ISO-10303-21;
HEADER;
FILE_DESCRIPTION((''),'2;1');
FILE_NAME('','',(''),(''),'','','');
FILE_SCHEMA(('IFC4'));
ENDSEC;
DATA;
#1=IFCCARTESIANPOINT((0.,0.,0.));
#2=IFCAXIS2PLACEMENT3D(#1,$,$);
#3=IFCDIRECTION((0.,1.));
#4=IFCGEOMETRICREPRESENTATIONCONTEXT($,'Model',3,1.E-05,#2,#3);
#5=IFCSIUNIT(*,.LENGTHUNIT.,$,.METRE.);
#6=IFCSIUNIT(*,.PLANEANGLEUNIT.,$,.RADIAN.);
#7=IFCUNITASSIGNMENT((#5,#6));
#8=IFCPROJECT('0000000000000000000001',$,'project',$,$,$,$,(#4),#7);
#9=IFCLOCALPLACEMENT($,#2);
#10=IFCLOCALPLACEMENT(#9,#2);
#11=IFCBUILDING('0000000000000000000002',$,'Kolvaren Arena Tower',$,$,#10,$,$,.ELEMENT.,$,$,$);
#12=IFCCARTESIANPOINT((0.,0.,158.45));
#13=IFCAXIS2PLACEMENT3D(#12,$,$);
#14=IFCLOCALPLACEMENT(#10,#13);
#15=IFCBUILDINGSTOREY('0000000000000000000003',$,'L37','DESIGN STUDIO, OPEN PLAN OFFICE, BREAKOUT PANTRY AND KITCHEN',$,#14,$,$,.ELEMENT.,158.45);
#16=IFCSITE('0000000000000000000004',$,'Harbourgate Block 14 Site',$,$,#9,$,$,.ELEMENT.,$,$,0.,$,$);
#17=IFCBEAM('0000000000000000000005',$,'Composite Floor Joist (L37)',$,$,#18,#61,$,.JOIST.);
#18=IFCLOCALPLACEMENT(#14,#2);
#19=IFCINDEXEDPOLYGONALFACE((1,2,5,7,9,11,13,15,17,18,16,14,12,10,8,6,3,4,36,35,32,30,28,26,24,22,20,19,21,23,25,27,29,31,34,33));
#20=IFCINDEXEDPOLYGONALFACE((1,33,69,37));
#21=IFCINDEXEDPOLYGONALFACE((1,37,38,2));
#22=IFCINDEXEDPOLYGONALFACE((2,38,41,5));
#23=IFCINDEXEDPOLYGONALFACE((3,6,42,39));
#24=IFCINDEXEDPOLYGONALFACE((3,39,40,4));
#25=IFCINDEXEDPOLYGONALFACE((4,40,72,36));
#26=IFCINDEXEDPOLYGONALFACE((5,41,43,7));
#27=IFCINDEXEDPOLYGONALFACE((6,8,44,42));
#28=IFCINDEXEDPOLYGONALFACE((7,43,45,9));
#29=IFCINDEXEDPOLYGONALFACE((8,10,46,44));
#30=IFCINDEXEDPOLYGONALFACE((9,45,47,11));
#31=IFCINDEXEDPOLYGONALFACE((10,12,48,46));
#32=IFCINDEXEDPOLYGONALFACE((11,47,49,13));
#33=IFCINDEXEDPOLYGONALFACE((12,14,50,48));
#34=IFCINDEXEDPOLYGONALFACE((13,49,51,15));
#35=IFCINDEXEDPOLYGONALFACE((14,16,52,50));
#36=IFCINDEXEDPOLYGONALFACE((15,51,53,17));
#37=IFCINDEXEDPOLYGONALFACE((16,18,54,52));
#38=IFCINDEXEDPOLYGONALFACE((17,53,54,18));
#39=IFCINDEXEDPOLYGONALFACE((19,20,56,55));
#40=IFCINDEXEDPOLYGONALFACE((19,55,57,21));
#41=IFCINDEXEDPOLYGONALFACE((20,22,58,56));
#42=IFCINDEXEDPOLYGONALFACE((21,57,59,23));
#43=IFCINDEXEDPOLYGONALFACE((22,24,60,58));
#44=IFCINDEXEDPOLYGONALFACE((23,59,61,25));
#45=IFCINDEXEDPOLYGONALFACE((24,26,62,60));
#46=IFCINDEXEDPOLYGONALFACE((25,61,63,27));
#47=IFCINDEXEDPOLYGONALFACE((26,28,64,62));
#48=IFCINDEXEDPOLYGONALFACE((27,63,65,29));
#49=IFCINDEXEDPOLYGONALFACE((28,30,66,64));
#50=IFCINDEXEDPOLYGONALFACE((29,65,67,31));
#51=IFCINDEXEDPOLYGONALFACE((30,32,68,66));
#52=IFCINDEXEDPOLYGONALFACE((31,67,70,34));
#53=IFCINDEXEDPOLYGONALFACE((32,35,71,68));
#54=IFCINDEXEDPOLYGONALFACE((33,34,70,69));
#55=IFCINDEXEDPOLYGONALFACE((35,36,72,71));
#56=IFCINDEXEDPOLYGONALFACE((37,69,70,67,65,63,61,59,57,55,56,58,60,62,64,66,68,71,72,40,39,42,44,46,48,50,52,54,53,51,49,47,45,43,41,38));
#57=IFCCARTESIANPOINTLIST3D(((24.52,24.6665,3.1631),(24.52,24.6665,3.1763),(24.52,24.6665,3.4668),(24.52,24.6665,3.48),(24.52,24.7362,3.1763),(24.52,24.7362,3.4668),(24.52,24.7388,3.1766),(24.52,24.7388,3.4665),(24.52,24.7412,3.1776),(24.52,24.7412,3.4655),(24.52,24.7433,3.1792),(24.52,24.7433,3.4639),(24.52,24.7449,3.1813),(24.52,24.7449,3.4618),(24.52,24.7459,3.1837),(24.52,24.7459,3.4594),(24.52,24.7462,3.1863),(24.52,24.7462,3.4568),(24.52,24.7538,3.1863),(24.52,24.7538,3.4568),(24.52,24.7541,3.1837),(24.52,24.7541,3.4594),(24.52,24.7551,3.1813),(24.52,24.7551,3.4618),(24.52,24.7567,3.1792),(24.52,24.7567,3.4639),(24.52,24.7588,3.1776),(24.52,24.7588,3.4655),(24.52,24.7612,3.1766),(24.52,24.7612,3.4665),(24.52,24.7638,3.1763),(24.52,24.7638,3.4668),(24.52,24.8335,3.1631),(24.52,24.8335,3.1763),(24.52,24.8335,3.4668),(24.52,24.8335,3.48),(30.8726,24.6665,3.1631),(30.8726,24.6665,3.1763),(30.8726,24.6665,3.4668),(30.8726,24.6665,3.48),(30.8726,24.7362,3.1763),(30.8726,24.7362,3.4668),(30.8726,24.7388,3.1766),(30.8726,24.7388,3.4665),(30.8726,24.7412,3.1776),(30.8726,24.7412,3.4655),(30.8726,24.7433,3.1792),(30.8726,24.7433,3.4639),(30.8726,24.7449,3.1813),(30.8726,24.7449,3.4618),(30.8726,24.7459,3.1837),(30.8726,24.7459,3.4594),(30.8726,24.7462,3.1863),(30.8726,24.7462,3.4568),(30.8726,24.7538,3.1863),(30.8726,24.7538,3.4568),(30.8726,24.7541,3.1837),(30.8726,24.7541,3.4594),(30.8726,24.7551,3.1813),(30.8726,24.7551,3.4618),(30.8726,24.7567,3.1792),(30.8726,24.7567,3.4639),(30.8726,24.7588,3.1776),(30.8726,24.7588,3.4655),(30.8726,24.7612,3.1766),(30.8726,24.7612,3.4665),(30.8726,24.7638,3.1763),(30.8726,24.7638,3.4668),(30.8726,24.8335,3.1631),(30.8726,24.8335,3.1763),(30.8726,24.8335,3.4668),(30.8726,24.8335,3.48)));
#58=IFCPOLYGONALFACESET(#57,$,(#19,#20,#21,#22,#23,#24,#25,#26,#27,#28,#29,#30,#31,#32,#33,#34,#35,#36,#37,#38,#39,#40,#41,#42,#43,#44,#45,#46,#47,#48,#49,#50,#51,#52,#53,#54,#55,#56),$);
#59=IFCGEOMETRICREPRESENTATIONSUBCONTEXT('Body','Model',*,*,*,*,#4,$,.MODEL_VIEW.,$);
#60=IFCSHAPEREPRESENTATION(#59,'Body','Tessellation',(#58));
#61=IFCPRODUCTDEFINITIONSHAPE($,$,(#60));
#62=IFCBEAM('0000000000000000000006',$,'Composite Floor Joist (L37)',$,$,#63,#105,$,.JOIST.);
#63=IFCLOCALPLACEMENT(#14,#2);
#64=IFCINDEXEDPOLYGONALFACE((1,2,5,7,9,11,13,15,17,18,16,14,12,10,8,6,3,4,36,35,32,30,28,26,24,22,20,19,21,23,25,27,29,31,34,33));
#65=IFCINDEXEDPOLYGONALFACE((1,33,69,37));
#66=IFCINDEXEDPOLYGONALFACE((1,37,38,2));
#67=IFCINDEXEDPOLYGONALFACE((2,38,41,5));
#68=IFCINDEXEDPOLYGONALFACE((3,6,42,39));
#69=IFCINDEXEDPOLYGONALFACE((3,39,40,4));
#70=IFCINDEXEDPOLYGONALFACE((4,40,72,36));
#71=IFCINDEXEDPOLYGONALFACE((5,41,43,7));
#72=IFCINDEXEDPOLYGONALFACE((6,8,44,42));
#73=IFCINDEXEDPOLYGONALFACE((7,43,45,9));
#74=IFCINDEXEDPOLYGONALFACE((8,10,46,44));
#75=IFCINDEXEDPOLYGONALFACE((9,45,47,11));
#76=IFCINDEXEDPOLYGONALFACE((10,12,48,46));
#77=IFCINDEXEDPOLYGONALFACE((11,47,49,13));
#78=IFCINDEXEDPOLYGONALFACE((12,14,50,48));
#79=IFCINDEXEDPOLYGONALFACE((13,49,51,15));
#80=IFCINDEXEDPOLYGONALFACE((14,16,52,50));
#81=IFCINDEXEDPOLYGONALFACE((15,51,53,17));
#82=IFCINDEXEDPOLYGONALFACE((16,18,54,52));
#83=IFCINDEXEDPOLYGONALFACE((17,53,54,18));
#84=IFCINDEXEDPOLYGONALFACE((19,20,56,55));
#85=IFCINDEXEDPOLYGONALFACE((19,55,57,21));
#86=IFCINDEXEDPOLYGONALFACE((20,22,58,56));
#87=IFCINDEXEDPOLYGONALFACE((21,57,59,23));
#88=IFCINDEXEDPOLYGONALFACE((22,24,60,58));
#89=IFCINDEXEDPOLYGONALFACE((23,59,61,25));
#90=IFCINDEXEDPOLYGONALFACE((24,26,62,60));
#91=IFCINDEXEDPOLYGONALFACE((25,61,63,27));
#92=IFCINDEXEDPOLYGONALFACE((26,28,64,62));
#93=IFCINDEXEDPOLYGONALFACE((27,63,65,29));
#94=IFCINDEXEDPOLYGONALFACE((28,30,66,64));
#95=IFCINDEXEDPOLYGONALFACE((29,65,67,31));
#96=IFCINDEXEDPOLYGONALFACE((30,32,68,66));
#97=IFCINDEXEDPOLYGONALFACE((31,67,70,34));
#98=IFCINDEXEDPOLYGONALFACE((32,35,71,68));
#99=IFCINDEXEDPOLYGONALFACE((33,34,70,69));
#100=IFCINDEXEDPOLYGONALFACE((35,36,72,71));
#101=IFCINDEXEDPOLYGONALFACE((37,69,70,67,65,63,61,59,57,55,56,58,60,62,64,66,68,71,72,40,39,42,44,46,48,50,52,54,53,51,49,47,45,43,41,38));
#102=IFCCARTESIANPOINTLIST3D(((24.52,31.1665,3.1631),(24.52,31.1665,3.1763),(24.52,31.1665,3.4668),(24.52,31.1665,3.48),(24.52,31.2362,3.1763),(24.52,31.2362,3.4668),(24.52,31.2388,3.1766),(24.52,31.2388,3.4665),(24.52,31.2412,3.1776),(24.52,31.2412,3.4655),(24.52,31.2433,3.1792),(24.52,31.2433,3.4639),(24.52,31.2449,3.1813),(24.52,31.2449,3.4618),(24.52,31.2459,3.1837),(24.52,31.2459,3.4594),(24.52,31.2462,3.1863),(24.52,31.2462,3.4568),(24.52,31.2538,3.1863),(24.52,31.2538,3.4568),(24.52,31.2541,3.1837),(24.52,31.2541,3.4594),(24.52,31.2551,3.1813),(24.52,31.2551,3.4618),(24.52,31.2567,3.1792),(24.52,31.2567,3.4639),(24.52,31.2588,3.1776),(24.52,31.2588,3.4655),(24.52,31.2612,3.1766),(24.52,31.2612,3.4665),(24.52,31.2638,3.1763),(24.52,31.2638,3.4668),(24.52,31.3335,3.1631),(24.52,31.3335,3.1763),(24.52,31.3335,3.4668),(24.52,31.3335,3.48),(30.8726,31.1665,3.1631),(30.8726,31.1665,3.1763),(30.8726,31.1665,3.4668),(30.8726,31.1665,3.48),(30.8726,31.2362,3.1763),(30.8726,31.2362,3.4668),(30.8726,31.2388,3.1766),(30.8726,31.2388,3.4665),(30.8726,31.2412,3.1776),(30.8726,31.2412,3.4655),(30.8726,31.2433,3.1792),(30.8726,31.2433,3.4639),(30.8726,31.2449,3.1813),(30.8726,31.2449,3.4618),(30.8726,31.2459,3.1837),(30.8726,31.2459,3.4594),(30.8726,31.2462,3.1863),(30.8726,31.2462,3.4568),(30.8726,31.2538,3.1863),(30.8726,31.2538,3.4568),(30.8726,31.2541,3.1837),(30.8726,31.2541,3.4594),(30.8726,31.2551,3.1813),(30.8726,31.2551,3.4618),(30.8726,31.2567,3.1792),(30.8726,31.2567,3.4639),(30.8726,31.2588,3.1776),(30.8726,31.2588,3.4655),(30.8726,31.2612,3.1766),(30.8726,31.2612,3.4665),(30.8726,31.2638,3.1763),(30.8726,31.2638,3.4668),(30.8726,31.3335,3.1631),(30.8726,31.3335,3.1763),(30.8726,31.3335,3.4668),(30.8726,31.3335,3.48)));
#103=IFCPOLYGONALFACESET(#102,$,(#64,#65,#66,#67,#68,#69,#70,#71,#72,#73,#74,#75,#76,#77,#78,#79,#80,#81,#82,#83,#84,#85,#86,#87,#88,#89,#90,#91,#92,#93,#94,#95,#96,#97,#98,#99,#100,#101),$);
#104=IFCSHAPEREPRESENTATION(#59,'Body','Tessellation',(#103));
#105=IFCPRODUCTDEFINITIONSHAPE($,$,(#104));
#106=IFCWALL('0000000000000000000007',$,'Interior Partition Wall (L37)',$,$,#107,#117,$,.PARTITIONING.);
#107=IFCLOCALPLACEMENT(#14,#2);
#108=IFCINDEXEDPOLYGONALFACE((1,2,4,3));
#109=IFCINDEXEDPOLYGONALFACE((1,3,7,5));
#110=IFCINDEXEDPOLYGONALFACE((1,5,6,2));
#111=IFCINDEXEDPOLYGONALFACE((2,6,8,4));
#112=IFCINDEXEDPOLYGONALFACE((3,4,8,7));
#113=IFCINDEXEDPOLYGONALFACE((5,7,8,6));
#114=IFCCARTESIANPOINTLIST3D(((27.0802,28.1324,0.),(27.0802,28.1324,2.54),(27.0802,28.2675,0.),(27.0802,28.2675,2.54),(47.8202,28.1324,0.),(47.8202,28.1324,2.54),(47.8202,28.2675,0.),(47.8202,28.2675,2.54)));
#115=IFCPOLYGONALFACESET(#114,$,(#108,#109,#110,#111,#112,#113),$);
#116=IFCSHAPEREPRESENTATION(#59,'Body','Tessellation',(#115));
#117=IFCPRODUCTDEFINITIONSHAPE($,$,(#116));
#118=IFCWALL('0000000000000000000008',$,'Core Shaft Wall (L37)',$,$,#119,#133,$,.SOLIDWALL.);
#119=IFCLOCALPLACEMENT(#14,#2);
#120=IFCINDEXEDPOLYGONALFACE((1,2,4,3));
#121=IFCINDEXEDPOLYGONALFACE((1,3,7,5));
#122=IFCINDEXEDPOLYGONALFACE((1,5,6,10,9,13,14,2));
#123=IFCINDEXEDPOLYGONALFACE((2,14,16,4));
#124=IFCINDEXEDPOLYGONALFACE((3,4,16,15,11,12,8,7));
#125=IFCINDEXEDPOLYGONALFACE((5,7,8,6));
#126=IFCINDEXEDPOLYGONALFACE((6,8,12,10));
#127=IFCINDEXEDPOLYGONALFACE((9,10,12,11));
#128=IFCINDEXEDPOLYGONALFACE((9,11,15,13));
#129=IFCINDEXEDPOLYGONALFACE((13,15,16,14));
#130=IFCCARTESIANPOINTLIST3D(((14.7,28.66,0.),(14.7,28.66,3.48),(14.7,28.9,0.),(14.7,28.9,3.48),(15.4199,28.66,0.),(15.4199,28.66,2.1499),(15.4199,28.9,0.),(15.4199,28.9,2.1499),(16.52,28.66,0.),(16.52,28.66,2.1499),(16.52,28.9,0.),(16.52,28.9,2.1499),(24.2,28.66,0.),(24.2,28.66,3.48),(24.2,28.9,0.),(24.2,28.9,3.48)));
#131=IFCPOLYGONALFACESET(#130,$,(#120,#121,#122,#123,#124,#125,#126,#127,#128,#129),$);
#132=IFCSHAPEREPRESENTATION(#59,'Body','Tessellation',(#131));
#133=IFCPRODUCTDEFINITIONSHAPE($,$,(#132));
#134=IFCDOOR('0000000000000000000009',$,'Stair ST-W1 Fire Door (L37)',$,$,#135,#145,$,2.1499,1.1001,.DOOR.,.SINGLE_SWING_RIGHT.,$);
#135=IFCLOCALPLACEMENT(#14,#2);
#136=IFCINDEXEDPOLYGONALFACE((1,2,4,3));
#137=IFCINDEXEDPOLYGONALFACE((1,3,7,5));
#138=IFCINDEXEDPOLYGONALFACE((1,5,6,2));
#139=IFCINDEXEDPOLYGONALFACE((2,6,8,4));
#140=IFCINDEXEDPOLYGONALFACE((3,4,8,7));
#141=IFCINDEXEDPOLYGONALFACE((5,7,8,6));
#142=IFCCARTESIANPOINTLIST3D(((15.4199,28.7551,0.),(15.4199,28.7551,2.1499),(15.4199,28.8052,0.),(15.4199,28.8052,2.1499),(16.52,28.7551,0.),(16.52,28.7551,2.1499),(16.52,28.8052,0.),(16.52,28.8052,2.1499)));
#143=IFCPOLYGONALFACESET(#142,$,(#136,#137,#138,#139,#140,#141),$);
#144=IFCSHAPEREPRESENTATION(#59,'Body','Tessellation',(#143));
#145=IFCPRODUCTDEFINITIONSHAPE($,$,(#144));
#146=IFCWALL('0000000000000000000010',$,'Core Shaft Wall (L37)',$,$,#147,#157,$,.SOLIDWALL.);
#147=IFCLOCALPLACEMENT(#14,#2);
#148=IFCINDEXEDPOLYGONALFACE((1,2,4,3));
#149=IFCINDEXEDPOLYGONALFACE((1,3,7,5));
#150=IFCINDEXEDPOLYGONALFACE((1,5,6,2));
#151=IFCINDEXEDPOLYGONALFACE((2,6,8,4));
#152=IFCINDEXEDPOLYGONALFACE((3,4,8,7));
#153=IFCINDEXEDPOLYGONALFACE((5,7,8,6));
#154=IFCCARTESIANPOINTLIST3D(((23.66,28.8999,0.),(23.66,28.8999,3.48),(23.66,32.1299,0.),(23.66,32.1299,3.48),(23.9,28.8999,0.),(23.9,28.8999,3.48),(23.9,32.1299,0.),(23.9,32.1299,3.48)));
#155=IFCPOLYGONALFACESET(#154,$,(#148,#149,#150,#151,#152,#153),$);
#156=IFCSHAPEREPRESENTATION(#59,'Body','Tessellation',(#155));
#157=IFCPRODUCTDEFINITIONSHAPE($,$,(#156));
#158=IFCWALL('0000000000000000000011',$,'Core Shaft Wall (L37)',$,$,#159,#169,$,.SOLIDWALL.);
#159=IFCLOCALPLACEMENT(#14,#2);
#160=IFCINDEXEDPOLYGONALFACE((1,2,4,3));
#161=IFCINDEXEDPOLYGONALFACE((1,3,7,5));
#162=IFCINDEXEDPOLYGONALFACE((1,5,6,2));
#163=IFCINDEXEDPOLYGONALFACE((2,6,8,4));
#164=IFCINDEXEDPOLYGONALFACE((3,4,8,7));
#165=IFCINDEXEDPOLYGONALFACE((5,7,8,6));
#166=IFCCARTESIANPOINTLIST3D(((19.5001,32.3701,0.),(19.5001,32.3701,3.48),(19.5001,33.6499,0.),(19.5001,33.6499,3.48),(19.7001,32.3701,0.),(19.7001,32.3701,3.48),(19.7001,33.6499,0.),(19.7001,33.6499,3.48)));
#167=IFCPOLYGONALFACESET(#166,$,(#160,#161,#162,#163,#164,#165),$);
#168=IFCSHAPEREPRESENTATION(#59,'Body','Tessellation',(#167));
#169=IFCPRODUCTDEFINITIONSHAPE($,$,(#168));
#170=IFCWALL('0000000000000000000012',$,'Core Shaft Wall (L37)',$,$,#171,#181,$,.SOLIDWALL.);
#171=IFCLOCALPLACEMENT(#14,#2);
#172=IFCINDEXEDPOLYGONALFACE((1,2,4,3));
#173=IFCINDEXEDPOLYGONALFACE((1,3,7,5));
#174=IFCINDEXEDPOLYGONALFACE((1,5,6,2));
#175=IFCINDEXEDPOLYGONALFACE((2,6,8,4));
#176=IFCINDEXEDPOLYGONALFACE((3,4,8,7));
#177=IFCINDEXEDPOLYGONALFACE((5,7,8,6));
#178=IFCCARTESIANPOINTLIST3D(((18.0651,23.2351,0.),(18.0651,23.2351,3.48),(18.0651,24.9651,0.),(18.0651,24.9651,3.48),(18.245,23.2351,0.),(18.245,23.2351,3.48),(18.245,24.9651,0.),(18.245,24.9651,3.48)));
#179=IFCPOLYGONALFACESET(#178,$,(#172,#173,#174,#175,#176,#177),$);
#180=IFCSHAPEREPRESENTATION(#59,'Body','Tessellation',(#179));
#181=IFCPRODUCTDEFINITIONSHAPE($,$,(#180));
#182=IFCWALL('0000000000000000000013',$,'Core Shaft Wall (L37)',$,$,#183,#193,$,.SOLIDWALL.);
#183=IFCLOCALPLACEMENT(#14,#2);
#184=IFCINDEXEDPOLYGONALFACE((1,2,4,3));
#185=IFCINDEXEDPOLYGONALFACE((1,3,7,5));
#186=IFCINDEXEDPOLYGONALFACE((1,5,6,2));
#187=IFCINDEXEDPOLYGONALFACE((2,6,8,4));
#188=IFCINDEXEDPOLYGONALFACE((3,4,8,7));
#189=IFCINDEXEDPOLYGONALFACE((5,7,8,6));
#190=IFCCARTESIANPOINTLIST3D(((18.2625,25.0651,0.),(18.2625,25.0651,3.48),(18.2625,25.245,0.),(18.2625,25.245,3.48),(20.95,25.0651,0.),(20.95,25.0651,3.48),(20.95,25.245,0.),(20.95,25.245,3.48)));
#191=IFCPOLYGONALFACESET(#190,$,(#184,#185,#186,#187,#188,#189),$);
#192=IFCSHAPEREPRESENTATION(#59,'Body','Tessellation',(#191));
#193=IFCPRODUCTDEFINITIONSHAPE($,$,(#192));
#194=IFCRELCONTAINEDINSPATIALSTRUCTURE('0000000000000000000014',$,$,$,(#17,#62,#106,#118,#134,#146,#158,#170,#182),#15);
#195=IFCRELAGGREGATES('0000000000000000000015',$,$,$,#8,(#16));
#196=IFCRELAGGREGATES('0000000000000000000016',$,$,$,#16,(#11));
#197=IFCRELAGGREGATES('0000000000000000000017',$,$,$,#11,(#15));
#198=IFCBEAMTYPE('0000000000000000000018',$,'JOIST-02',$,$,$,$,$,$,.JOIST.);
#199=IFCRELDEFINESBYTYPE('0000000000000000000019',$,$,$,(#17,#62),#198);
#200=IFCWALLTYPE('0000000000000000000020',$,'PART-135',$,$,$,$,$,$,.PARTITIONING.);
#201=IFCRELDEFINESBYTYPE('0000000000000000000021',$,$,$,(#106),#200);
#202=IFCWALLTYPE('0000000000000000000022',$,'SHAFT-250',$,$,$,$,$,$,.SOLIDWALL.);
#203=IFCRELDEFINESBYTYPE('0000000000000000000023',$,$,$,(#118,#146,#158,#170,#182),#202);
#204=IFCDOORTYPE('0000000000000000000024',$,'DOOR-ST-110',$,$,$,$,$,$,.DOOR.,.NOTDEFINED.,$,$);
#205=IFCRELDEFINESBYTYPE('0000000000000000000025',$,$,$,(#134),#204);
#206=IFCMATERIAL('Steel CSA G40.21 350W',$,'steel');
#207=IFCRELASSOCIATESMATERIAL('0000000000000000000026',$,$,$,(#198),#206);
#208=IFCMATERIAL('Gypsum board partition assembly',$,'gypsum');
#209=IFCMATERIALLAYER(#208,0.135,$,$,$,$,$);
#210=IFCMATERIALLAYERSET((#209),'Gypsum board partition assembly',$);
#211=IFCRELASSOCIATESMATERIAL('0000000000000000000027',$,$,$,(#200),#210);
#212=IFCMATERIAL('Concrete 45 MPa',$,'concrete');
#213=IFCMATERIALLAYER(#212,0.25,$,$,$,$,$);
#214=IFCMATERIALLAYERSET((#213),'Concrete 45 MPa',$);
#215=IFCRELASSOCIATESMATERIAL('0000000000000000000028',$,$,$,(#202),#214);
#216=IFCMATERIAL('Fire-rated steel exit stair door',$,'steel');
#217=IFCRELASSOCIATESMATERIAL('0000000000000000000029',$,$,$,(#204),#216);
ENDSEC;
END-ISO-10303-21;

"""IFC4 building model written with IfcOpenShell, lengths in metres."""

from ifc_helpers import new_model, si_unit, direction, frame, frame_2d, origin, origin_2d, place, context, subcontext, project, spatial, rectangle, i_section, extrude, material, layer, layer_set, material_profile, profile_set, type_object, element, fill, save


model = new_model("IFC4")

# Units and contexts
model_context = context("Model", 3, precision=1e-05, world=origin(), true_north=direction((0.0, 1.0)))
body_context = subcontext(model_context, "Body", "Model", "MODEL_VIEW")
ifc_project = project(units=[si_unit("LENGTHUNIT", "METRE"), si_unit("PLANEANGLEUNIT", "RADIAN")], contexts=[model_context])

# Site, building, storey
site_placement = place(None, origin())
site = spatial("IfcSite", under=ifc_project, at=site_placement, Name="Harbourgate Block 14 Site", CompositionType="ELEMENT", RefElevation=0.0)
building_placement = place(site_placement, origin())
building = spatial("IfcBuilding", under=site, at=building_placement, Name="Kolvaren Arena Tower", CompositionType="ELEMENT")
storey_placement = place(building_placement, frame((0.0, 0.0, 158.45)))
storey = spatial("IfcBuildingStorey", under=building, at=storey_placement, Name="L37", Description="DESIGN STUDIO, OPEN PLAN OFFICE, BREAKOUT PANTRY AND KITCHEN", CompositionType="ELEMENT", Elevation=158.45)

# Beams
ifc_material_1 = material(Name="Steel CSA G40.21 350W", Category="steel")
ifc_material_profile_1 = material_profile(ifc_material_1, i_section(OverallWidth=0.167, OverallDepth=0.3169, WebThickness=0.0076, FlangeThickness=0.0132, FilletRadius=0.01, at=origin_2d()), Name="W310x52")
ifc_profile_set_1 = profile_set([ifc_material_profile_1], Name="Steel CSA G40.21 350W")
beam_type_1 = type_object("IfcBeamType", Name="JOIST-02", PredefinedType="JOIST", material=ifc_profile_set_1)
for number, where, z_axis, x_axis, name in (
    (1, (24.52, 24.75, 3.3215), (1.0, 0.0, 0.0), (0.0, 1.0, 0.0), "Composite Floor Joist (L37)"),
    (2, (24.52, 31.25, 3.3215), (1.0, 0.0, 0.0), (0.0, 1.0, 0.0), "Composite Floor Joist (L37)"),
):
    element("IfcBeam", number, at=place(storey_placement, frame(where, z_axis=z_axis, x_axis=x_axis)), inside=storey, type_object=beam_type_1, Name=name, PredefinedType="JOIST", context=body_context, shape_type="SweptSolid", body=[
        extrude(i_section(OverallWidth=0.167, OverallDepth=0.3169, WebThickness=0.0076, FlangeThickness=0.0132, FilletRadius=0.01, at=origin_2d()), origin(), (0.0, 0.0, 1.0), 6.3525),
    ])

# Wall
ifc_material_2 = material(Name="Gypsum board partition assembly", Category="gypsum")
ifc_layer_1 = layer(ifc_material_2, 0.135)
ifc_layer_set_1 = layer_set([ifc_layer_1], Name="Gypsum board partition assembly")
wall_type_1 = type_object("IfcWallType", Name="PART-135", PredefinedType="PARTITIONING", material=ifc_layer_set_1)
wall_1_placement = place(storey_placement, frame((27.0801, 28.2, 0.0), z_axis=(0.0, 0.0, 1.0), x_axis=(1.0, 0.0, 0.0)))
element("IfcWall", 3, at=wall_1_placement, inside=storey, type_object=wall_type_1, Name="Interior Partition Wall (L37)", PredefinedType="PARTITIONING", context=body_context, shape_type="SweptSolid", body=[
    extrude(rectangle(XDim=20.74, YDim=0.135, at=frame_2d((10.3701, 0.0))), origin(), (0.0, 0.0, 1.0), 2.54),
])

# Wall, opening, door
ifc_material_3 = material(Name="Concrete 45 MPa", Category="concrete")
ifc_layer_2 = layer(ifc_material_3, 0.25)
ifc_layer_set_2 = layer_set([ifc_layer_2], Name="Concrete 45 MPa")
wall_type_2 = type_object("IfcWallType", Name="SHAFT-250", PredefinedType="SOLIDWALL", material=ifc_layer_set_2)
wall_2_placement = place(storey_placement, frame((24.2, 28.78, 0.0), z_axis=(0.0, 0.0, 1.0), x_axis=(-1.0, 0.0, 0.0)))
wall_2 = element("IfcWall", 4, at=wall_2_placement, inside=storey, type_object=wall_type_2, Name="Core Shaft Wall (L37)", PredefinedType="SOLIDWALL", context=body_context, shape_type="SweptSolid", body=[
    extrude(rectangle(XDim=9.5, YDim=0.24, at=frame_2d((4.75, 0.0))), origin(), (0.0, 0.0, 1.0), 3.48),
])
opening_placement = place(wall_2_placement, frame((7.6799, 0.0, 0.0)))
opening = element("IfcOpeningElement", 5, at=opening_placement, cuts=wall_2, PredefinedType="OPENING", context=body_context, shape_type="SweptSolid", body=[
    extrude(rectangle(XDim=1.1001, YDim=2.1499, at=frame_2d((0.55, 1.075))), frame((0.0, 0.1299, 0.0), z_axis=(0.0, -1.0, 0.0), x_axis=(1.0, 0.0, 0.0)), (0.0, 0.0, 1.0), 0.26),
])
ifc_material_4 = material(Name="Fire-rated steel exit stair door", Category="steel")
door_type = type_object("IfcDoorType", Name="DOOR-ST-110", OperationType="NOTDEFINED", PredefinedType="DOOR", material=ifc_material_4)
door_placement = place(opening_placement, origin())
door = element("IfcDoor", 6, at=door_placement, inside=storey, type_object=door_type, Name="Stair ST-W1 Fire Door (L37)", OperationType="SINGLE_SWING_RIGHT", OverallHeight=2.1499, OverallWidth=1.1001, PredefinedType="DOOR", context=body_context, shape_type="SweptSolid", body=[
    extrude(rectangle(XDim=1.1001, YDim=2.1499, at=frame_2d((0.55, 1.075))), frame((0.0, 0.0249, 0.0), z_axis=(0.0, -1.0, 0.0), x_axis=(1.0, 0.0, 0.0)), (0.0, 0.0, 1.0), 0.05),
])
fill(opening, door)

# Walls
wall_3_placement = place(storey_placement, frame((23.78, 28.8999, 0.0), z_axis=(0.0, 0.0, 1.0), x_axis=(0.0, 1.0, 0.0)))
element("IfcWall", 7, at=wall_3_placement, inside=storey, type_object=wall_type_2, Name="Core Shaft Wall (L37)", PredefinedType="SOLIDWALL", context=body_context, shape_type="SweptSolid", body=[
    extrude(rectangle(XDim=3.23, YDim=0.24, at=frame_2d((1.615, 0.0))), origin(), (0.0, 0.0, 1.0), 3.48),
])
wall_4_placement = place(storey_placement, frame((19.6001, 32.3701, 0.0), z_axis=(0.0, 0.0, 1.0), x_axis=(0.0, 1.0, 0.0)))
element("IfcWall", 8, at=wall_4_placement, inside=storey, type_object=wall_type_2, Name="Core Shaft Wall (L37)", PredefinedType="SOLIDWALL", context=body_context, shape_type="SweptSolid", body=[
    extrude(rectangle(XDim=1.2798, YDim=0.2, at=frame_2d((0.6399, 0.0))), origin(), (0.0, 0.0, 1.0), 3.48),
])
wall_5_placement = place(storey_placement, frame((18.155, 23.2351, 0.0), z_axis=(0.0, 0.0, 1.0), x_axis=(0.0, 1.0, 0.0)))
element("IfcWall", 9, at=wall_5_placement, inside=storey, type_object=wall_type_2, Name="Core Shaft Wall (L37)", PredefinedType="SOLIDWALL", context=body_context, shape_type="SweptSolid", body=[
    extrude(rectangle(XDim=1.73, YDim=0.1799, at=frame_2d((0.865, 0.0))), origin(), (0.0, 0.0, 1.0), 3.48),
])
wall_6_placement = place(storey_placement, frame((18.2625, 25.155, 0.0), z_axis=(0.0, 0.0, 1.0), x_axis=(1.0, 0.0, 0.0)))
element("IfcWall", 10, at=wall_6_placement, inside=storey, type_object=wall_type_2, Name="Core Shaft Wall (L37)", PredefinedType="SOLIDWALL", context=body_context, shape_type="SweptSolid", body=[
    extrude(rectangle(XDim=2.6875, YDim=0.1799, at=frame_2d((1.3438, 0.0))), origin(), (0.0, 0.0, 1.0), 3.48),
])

save(model, "model.ifc")
